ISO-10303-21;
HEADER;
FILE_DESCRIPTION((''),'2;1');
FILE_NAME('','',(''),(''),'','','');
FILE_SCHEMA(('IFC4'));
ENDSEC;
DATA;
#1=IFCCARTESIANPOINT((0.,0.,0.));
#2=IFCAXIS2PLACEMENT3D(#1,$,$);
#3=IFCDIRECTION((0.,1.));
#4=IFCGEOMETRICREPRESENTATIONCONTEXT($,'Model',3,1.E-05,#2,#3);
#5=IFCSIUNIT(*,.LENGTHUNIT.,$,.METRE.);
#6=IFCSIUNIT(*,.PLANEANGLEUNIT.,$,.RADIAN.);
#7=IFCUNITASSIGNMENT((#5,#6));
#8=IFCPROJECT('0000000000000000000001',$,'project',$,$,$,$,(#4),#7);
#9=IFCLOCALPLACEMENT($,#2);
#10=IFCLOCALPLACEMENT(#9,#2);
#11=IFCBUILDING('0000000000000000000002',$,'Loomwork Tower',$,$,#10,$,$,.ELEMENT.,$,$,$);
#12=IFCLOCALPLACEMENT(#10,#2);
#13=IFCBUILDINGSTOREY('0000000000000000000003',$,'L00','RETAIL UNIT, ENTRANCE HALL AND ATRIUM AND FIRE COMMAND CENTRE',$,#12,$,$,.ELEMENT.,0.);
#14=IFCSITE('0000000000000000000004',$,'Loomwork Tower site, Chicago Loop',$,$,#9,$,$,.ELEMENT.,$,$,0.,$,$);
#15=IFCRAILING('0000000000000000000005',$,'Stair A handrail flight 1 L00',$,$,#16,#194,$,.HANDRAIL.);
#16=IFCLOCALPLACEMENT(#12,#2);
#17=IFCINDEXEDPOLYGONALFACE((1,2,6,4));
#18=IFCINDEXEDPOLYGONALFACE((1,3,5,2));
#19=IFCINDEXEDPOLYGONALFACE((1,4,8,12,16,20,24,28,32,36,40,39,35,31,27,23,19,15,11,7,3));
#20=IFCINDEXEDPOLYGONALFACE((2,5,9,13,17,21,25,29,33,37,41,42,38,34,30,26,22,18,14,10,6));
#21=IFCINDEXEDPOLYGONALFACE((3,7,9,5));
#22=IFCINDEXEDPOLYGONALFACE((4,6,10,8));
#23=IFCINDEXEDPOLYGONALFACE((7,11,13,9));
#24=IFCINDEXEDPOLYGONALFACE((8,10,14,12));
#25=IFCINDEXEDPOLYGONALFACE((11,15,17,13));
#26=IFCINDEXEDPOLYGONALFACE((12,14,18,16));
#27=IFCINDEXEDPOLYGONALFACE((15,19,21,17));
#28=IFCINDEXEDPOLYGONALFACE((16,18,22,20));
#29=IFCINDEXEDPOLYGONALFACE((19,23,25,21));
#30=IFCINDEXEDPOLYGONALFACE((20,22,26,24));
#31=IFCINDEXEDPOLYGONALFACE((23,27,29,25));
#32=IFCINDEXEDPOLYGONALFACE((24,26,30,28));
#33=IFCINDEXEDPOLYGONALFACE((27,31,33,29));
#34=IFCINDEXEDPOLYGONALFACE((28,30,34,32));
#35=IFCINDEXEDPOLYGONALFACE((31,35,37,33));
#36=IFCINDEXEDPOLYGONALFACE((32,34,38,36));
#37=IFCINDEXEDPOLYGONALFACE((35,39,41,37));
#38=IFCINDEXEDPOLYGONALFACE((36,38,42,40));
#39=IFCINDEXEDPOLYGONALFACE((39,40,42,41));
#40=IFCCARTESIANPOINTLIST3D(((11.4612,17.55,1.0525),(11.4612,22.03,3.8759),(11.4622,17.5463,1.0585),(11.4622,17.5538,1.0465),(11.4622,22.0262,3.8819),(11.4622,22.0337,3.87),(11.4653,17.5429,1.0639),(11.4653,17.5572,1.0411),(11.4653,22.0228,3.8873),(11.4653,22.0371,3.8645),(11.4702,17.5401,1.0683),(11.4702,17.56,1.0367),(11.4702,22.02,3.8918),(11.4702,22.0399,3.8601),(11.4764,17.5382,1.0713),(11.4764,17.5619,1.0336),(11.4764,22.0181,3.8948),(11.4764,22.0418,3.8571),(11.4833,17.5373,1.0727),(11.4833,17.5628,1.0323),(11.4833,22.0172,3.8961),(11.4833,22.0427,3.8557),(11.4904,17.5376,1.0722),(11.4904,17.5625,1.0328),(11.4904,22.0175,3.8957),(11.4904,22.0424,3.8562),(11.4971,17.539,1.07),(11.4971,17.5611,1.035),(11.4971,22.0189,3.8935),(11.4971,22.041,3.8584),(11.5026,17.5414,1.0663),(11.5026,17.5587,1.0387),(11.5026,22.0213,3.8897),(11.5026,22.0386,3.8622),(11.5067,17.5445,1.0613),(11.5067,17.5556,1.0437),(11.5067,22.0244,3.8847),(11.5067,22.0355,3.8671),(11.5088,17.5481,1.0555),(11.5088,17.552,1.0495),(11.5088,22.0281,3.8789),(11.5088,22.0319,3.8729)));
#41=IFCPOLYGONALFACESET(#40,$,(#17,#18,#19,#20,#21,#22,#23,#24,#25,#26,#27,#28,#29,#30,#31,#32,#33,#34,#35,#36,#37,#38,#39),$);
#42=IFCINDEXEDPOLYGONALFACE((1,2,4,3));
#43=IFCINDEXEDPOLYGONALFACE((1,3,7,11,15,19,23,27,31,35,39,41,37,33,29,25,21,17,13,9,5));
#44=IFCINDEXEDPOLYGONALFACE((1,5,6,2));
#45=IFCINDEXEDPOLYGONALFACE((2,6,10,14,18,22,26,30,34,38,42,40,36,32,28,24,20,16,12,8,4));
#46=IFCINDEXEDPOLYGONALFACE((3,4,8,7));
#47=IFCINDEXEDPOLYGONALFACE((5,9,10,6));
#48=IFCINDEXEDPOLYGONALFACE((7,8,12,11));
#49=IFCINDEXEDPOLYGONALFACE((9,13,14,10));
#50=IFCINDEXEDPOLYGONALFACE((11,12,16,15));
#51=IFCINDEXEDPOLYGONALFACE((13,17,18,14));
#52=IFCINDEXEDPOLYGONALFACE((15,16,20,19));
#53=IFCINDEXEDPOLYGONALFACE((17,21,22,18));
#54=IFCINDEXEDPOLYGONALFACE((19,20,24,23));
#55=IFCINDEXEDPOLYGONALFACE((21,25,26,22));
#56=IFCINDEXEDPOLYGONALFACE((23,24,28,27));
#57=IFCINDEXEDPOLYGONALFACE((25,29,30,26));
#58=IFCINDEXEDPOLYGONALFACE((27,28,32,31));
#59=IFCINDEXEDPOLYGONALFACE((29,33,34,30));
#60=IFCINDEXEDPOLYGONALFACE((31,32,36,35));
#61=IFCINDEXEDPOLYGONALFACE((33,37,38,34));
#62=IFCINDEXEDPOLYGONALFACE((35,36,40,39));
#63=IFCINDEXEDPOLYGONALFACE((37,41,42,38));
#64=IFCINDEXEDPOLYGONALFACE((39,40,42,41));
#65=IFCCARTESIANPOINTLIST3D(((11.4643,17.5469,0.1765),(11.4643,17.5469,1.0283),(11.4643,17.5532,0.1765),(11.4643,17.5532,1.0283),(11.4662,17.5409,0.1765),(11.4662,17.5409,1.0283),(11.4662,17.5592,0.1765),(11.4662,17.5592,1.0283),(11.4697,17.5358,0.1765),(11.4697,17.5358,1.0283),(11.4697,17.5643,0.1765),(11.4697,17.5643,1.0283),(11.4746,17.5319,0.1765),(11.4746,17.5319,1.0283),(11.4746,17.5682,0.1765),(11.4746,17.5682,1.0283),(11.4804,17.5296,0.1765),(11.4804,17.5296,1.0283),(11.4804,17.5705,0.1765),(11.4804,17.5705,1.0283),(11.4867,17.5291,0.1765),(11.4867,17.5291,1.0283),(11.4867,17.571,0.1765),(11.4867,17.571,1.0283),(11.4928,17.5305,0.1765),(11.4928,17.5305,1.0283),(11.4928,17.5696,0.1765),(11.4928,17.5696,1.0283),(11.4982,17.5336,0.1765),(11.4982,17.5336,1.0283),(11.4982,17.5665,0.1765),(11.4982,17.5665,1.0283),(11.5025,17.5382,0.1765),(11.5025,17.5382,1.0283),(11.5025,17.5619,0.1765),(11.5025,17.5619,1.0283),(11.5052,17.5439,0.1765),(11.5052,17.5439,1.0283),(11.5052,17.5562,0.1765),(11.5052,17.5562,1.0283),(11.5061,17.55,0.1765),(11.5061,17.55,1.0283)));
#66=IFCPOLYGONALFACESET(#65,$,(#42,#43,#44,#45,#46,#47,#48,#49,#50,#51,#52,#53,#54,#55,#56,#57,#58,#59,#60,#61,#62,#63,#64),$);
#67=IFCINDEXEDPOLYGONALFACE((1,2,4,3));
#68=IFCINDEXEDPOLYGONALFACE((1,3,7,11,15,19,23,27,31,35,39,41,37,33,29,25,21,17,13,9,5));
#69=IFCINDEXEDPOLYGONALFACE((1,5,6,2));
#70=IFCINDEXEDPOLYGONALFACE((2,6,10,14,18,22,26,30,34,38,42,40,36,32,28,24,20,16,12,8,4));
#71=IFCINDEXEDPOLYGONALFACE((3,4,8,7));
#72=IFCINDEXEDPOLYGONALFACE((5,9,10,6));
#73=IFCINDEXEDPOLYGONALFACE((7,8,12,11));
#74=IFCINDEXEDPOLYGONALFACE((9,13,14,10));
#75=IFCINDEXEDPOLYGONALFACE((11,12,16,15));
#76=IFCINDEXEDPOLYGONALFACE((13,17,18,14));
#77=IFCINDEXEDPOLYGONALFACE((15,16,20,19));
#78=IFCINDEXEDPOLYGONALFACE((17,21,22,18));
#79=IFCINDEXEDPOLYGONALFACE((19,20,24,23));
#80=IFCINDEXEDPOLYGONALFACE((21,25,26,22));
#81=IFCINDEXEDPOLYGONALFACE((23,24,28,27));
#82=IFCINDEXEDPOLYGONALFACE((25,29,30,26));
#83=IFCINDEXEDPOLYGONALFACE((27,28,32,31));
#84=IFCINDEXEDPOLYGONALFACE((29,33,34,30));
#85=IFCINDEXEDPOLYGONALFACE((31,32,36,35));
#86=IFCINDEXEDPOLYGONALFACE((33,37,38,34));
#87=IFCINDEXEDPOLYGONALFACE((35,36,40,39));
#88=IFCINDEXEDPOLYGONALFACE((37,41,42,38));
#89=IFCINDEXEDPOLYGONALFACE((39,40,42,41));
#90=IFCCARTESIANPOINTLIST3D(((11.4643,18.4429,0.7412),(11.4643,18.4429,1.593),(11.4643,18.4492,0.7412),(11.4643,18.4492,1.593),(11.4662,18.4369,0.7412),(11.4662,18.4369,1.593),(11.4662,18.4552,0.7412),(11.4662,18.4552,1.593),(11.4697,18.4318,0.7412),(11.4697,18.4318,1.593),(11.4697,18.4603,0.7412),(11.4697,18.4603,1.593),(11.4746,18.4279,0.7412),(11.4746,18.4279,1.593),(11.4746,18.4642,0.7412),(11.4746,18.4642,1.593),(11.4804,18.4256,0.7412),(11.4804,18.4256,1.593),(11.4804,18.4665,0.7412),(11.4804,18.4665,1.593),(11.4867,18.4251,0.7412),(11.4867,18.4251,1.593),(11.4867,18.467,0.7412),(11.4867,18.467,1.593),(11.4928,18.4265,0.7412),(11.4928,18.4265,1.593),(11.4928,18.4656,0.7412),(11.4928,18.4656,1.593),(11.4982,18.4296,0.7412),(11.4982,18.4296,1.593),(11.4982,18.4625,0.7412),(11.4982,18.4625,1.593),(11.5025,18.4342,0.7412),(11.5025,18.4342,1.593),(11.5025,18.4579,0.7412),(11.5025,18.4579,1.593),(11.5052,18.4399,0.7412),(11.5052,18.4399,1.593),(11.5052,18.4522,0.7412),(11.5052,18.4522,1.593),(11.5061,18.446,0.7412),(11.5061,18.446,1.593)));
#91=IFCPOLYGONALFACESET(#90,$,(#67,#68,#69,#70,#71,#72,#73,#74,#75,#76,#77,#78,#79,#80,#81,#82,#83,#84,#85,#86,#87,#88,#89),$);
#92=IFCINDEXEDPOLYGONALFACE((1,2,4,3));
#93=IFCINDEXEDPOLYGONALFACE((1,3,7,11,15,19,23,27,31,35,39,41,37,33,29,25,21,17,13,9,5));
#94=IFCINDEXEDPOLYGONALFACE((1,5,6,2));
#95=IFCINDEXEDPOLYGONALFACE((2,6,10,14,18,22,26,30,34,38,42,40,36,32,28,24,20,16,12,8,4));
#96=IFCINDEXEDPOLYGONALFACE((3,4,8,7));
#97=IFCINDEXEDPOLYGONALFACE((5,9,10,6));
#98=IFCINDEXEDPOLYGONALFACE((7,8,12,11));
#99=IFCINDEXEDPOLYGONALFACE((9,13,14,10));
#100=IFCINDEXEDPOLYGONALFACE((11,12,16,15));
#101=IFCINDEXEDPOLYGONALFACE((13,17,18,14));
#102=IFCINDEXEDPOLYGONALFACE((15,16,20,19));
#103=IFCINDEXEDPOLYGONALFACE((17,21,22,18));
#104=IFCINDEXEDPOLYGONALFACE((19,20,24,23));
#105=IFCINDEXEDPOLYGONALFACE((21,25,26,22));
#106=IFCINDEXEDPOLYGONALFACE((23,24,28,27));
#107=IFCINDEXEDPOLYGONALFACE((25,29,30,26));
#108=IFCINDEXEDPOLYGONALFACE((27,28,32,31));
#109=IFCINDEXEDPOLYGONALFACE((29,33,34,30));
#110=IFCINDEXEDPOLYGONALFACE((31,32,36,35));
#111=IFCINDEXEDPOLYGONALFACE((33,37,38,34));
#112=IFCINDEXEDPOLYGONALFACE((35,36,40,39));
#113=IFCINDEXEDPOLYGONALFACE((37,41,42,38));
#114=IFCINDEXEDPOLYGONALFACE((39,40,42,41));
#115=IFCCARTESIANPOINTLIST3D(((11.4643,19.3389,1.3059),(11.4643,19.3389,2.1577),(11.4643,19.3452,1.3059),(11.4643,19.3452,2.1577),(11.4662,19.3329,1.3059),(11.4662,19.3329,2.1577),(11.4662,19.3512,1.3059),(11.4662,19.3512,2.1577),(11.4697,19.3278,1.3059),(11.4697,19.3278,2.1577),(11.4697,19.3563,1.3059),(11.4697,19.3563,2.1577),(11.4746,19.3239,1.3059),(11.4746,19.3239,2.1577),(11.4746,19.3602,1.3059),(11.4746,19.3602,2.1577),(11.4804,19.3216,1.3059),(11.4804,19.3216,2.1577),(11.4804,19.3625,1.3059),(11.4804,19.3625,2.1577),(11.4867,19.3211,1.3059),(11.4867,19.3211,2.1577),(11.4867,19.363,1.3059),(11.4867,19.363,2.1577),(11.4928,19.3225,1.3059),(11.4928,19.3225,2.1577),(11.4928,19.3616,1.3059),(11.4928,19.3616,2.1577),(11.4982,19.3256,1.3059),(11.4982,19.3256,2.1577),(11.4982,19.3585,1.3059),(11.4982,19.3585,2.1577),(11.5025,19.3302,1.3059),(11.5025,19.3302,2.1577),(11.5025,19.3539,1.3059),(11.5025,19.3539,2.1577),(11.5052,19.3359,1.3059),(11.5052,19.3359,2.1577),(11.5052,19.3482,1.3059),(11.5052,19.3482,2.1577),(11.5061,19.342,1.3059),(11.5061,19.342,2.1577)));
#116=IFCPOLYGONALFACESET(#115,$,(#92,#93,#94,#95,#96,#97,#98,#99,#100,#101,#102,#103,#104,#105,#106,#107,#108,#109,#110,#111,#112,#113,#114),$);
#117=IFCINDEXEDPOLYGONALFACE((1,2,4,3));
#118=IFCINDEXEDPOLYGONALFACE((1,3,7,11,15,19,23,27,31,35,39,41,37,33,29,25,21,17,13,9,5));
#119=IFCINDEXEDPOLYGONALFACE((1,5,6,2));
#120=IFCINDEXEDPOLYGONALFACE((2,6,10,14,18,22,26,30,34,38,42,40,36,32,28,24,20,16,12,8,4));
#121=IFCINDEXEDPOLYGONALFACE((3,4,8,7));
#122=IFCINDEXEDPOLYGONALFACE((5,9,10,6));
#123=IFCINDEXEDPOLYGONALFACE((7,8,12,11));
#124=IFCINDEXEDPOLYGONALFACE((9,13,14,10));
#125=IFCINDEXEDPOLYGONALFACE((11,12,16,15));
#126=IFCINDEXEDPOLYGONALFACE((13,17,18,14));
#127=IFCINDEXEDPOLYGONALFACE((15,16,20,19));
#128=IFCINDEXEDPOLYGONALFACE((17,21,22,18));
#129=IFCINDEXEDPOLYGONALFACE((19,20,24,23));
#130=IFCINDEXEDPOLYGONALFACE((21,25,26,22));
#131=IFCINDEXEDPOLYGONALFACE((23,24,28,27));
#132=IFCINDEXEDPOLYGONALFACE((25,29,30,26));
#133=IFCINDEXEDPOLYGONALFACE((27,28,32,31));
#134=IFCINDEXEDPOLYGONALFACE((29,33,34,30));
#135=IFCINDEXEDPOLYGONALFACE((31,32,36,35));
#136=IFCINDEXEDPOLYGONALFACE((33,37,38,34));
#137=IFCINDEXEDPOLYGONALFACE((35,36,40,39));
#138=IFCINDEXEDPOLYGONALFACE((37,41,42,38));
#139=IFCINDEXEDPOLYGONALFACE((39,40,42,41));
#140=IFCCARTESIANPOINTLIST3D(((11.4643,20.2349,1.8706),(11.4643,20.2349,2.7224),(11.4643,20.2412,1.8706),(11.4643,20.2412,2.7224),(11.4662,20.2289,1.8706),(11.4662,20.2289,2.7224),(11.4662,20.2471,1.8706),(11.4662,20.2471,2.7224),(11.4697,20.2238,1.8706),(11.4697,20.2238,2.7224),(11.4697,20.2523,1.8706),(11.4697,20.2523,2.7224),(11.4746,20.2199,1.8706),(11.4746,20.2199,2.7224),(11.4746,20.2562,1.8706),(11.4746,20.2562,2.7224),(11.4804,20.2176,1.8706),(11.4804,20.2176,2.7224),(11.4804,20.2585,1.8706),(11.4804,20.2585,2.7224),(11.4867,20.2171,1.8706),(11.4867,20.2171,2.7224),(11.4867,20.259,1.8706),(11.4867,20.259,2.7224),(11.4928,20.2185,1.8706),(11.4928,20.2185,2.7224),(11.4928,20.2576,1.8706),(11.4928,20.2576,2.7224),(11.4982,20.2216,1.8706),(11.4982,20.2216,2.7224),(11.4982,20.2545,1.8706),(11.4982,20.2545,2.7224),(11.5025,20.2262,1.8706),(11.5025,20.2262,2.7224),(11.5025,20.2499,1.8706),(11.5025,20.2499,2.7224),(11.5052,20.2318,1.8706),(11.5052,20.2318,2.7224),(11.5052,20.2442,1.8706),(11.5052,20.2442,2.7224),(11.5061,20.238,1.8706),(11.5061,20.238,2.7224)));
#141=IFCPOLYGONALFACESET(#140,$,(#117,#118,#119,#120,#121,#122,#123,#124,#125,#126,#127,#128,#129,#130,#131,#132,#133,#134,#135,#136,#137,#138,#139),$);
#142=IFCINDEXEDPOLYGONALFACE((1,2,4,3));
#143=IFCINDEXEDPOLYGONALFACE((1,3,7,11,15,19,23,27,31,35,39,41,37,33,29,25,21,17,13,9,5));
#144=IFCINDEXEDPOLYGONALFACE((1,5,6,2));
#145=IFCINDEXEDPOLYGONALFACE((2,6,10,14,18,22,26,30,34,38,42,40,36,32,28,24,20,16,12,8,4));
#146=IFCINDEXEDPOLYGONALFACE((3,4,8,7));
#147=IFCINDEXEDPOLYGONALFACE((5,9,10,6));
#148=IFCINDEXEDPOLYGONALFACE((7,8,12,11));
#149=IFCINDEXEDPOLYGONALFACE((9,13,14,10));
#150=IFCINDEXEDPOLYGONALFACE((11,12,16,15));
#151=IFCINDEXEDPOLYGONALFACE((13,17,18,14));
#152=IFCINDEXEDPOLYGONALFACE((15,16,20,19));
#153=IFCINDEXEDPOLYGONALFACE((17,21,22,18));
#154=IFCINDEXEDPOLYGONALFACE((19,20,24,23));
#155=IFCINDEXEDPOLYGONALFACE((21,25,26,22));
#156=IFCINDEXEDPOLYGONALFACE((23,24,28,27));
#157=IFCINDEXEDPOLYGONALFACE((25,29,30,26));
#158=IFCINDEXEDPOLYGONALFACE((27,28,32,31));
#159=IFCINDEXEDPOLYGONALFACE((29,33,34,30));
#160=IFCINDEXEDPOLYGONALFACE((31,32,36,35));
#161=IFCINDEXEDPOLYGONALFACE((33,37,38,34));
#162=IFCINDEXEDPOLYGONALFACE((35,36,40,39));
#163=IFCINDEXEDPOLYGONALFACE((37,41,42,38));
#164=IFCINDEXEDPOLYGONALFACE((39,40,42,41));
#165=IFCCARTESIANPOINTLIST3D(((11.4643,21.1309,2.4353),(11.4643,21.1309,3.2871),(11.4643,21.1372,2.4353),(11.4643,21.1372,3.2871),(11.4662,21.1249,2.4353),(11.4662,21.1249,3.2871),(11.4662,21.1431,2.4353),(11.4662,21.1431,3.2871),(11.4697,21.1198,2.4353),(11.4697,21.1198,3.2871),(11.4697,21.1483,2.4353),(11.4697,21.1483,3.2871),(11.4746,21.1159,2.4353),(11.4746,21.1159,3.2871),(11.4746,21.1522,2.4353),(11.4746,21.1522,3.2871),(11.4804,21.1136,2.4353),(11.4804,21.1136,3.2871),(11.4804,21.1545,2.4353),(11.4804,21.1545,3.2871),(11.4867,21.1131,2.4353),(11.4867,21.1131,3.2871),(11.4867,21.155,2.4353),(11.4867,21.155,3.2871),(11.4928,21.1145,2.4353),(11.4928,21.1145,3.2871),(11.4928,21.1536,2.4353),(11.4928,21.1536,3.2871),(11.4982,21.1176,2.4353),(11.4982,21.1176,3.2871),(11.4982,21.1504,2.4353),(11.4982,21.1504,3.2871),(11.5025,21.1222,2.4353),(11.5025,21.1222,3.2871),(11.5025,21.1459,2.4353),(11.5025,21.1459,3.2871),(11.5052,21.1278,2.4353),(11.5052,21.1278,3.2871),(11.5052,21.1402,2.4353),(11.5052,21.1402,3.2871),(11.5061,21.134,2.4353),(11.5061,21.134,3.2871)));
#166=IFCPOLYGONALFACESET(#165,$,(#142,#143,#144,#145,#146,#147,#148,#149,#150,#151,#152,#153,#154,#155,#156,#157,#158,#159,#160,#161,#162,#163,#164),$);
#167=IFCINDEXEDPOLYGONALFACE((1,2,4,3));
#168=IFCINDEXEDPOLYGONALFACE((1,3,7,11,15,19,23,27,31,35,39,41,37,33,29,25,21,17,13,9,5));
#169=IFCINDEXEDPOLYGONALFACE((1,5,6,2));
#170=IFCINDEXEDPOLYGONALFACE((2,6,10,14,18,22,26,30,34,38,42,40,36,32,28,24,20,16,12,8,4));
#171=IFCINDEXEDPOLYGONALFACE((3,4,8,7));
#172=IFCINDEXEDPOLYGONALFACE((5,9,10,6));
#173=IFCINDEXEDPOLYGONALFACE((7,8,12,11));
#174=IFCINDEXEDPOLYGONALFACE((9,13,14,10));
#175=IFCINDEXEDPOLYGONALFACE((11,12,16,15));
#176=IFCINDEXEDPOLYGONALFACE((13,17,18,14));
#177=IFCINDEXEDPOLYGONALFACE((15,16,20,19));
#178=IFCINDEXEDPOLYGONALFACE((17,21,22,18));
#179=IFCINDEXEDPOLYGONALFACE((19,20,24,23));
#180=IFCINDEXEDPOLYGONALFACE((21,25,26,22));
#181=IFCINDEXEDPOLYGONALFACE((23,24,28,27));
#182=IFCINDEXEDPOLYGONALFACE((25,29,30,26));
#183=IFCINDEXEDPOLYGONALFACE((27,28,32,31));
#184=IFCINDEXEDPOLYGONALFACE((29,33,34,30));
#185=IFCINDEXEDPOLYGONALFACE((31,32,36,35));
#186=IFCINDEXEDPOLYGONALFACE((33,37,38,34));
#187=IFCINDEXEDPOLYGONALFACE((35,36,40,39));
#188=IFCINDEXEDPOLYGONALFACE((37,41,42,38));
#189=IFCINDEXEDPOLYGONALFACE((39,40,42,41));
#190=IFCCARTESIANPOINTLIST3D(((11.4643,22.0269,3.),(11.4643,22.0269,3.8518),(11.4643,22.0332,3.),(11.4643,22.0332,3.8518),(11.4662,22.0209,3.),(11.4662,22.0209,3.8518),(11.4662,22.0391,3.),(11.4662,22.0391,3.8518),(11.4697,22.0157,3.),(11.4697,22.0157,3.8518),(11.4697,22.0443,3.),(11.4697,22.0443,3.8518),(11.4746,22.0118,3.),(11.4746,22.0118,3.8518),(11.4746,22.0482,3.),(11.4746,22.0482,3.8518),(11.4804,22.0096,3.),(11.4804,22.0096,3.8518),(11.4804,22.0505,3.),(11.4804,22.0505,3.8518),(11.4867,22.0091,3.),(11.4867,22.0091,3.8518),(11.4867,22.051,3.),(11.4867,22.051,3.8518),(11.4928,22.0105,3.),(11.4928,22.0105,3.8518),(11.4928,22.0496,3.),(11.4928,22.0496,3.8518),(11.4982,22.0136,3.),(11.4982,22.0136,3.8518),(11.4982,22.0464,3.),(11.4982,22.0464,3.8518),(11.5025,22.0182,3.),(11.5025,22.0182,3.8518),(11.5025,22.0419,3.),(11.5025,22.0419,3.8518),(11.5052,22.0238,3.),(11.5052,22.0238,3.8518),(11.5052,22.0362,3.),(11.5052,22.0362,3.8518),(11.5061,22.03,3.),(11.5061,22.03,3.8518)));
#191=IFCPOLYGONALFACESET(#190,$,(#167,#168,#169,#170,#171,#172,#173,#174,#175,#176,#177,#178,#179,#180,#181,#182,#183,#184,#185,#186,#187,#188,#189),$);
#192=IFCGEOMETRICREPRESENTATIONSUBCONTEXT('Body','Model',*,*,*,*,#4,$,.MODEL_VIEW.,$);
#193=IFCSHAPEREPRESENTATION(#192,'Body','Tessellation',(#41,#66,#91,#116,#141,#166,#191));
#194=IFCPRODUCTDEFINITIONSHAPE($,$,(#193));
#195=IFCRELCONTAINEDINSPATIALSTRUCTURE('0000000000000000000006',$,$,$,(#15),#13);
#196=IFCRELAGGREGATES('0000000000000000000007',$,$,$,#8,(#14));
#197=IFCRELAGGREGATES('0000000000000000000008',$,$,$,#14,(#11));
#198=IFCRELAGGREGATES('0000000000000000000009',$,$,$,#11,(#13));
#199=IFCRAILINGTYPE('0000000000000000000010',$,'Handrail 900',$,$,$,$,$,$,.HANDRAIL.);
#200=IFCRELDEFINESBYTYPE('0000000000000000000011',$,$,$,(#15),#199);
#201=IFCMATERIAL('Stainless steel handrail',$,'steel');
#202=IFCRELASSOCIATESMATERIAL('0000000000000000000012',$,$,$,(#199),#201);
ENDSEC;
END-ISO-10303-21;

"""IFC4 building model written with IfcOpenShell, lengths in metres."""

from ifc_helpers import new_model, si_unit, direction, frame, origin, origin_2d, place, context, subcontext, project, spatial, circle, extrude, material, type_object, element, save


model = new_model("IFC4")

# Units and contexts
model_context = context("Model", 3, precision=1e-05, world=origin(), true_north=direction((0.0, 1.0)))
body_context = subcontext(model_context, "Body", "Model", "MODEL_VIEW")
ifc_project = project(units=[si_unit("LENGTHUNIT", "METRE"), si_unit("PLANEANGLEUNIT", "RADIAN")], contexts=[model_context])

# Site, building, storey
site_placement = place(None, origin())
site = spatial("IfcSite", under=ifc_project, at=site_placement, Name="Loomwork Tower site, Chicago Loop", CompositionType="ELEMENT", RefElevation=0.0)
building_placement = place(site_placement, origin())
building = spatial("IfcBuilding", under=site, at=building_placement, Name="Loomwork Tower", CompositionType="ELEMENT")
storey_placement = place(building_placement, origin())
storey = spatial("IfcBuildingStorey", under=building, at=storey_placement, Name="L00", Description="RETAIL UNIT, ENTRANCE HALL AND ATRIUM AND FIRE COMMAND CENTRE", CompositionType="ELEMENT", Elevation=0.0)

# Railing
ifc_material_1 = material(Name="Stainless steel handrail", Category="steel")
railing_type = type_object("IfcRailingType", Name="Handrail 900", PredefinedType="HANDRAIL", material=ifc_material_1)
railing_placement = place(storey_placement, frame((11.4851, 17.55, 0.1765)))
element("IfcRailing", 1, at=railing_placement, inside=storey, type_object=railing_type, Name="Stair A handrail flight 1 L00", PredefinedType="HANDRAIL", context=body_context, shape_type="SweptSolid", body=[
    extrude(circle(Radius=0.0239, at=origin_2d()), frame((0.0, 0.0, 0.876), z_axis=(0.0, 0.845998, 0.533186), x_axis=(-1.0, 0.0, 0.0)), (0.0, 0.0, 1.0), 5.2954),
    extrude(circle(Radius=0.021, at=origin_2d()), origin(), (0.0, 0.0, 1.0), 0.8518),
    extrude(circle(Radius=0.021, at=origin_2d()), frame((0.0, 0.896, 0.5647)), (0.0, 0.0, 1.0), 0.8518),
    extrude(circle(Radius=0.021, at=origin_2d()), frame((0.0, 1.792, 1.1294)), (0.0, 0.0, 1.0), 0.8518),
    extrude(circle(Radius=0.021, at=origin_2d()), frame((0.0, 2.688, 1.6941)), (0.0, 0.0, 1.0), 0.8518),
    extrude(circle(Radius=0.021, at=origin_2d()), frame((0.0, 3.584, 2.2588)), (0.0, 0.0, 1.0), 0.8518),
    extrude(circle(Radius=0.021, at=origin_2d()), frame((0.0, 4.48, 2.8235)), (0.0, 0.0, 1.0), 0.8518),
])

save(model, "model.ifc")
